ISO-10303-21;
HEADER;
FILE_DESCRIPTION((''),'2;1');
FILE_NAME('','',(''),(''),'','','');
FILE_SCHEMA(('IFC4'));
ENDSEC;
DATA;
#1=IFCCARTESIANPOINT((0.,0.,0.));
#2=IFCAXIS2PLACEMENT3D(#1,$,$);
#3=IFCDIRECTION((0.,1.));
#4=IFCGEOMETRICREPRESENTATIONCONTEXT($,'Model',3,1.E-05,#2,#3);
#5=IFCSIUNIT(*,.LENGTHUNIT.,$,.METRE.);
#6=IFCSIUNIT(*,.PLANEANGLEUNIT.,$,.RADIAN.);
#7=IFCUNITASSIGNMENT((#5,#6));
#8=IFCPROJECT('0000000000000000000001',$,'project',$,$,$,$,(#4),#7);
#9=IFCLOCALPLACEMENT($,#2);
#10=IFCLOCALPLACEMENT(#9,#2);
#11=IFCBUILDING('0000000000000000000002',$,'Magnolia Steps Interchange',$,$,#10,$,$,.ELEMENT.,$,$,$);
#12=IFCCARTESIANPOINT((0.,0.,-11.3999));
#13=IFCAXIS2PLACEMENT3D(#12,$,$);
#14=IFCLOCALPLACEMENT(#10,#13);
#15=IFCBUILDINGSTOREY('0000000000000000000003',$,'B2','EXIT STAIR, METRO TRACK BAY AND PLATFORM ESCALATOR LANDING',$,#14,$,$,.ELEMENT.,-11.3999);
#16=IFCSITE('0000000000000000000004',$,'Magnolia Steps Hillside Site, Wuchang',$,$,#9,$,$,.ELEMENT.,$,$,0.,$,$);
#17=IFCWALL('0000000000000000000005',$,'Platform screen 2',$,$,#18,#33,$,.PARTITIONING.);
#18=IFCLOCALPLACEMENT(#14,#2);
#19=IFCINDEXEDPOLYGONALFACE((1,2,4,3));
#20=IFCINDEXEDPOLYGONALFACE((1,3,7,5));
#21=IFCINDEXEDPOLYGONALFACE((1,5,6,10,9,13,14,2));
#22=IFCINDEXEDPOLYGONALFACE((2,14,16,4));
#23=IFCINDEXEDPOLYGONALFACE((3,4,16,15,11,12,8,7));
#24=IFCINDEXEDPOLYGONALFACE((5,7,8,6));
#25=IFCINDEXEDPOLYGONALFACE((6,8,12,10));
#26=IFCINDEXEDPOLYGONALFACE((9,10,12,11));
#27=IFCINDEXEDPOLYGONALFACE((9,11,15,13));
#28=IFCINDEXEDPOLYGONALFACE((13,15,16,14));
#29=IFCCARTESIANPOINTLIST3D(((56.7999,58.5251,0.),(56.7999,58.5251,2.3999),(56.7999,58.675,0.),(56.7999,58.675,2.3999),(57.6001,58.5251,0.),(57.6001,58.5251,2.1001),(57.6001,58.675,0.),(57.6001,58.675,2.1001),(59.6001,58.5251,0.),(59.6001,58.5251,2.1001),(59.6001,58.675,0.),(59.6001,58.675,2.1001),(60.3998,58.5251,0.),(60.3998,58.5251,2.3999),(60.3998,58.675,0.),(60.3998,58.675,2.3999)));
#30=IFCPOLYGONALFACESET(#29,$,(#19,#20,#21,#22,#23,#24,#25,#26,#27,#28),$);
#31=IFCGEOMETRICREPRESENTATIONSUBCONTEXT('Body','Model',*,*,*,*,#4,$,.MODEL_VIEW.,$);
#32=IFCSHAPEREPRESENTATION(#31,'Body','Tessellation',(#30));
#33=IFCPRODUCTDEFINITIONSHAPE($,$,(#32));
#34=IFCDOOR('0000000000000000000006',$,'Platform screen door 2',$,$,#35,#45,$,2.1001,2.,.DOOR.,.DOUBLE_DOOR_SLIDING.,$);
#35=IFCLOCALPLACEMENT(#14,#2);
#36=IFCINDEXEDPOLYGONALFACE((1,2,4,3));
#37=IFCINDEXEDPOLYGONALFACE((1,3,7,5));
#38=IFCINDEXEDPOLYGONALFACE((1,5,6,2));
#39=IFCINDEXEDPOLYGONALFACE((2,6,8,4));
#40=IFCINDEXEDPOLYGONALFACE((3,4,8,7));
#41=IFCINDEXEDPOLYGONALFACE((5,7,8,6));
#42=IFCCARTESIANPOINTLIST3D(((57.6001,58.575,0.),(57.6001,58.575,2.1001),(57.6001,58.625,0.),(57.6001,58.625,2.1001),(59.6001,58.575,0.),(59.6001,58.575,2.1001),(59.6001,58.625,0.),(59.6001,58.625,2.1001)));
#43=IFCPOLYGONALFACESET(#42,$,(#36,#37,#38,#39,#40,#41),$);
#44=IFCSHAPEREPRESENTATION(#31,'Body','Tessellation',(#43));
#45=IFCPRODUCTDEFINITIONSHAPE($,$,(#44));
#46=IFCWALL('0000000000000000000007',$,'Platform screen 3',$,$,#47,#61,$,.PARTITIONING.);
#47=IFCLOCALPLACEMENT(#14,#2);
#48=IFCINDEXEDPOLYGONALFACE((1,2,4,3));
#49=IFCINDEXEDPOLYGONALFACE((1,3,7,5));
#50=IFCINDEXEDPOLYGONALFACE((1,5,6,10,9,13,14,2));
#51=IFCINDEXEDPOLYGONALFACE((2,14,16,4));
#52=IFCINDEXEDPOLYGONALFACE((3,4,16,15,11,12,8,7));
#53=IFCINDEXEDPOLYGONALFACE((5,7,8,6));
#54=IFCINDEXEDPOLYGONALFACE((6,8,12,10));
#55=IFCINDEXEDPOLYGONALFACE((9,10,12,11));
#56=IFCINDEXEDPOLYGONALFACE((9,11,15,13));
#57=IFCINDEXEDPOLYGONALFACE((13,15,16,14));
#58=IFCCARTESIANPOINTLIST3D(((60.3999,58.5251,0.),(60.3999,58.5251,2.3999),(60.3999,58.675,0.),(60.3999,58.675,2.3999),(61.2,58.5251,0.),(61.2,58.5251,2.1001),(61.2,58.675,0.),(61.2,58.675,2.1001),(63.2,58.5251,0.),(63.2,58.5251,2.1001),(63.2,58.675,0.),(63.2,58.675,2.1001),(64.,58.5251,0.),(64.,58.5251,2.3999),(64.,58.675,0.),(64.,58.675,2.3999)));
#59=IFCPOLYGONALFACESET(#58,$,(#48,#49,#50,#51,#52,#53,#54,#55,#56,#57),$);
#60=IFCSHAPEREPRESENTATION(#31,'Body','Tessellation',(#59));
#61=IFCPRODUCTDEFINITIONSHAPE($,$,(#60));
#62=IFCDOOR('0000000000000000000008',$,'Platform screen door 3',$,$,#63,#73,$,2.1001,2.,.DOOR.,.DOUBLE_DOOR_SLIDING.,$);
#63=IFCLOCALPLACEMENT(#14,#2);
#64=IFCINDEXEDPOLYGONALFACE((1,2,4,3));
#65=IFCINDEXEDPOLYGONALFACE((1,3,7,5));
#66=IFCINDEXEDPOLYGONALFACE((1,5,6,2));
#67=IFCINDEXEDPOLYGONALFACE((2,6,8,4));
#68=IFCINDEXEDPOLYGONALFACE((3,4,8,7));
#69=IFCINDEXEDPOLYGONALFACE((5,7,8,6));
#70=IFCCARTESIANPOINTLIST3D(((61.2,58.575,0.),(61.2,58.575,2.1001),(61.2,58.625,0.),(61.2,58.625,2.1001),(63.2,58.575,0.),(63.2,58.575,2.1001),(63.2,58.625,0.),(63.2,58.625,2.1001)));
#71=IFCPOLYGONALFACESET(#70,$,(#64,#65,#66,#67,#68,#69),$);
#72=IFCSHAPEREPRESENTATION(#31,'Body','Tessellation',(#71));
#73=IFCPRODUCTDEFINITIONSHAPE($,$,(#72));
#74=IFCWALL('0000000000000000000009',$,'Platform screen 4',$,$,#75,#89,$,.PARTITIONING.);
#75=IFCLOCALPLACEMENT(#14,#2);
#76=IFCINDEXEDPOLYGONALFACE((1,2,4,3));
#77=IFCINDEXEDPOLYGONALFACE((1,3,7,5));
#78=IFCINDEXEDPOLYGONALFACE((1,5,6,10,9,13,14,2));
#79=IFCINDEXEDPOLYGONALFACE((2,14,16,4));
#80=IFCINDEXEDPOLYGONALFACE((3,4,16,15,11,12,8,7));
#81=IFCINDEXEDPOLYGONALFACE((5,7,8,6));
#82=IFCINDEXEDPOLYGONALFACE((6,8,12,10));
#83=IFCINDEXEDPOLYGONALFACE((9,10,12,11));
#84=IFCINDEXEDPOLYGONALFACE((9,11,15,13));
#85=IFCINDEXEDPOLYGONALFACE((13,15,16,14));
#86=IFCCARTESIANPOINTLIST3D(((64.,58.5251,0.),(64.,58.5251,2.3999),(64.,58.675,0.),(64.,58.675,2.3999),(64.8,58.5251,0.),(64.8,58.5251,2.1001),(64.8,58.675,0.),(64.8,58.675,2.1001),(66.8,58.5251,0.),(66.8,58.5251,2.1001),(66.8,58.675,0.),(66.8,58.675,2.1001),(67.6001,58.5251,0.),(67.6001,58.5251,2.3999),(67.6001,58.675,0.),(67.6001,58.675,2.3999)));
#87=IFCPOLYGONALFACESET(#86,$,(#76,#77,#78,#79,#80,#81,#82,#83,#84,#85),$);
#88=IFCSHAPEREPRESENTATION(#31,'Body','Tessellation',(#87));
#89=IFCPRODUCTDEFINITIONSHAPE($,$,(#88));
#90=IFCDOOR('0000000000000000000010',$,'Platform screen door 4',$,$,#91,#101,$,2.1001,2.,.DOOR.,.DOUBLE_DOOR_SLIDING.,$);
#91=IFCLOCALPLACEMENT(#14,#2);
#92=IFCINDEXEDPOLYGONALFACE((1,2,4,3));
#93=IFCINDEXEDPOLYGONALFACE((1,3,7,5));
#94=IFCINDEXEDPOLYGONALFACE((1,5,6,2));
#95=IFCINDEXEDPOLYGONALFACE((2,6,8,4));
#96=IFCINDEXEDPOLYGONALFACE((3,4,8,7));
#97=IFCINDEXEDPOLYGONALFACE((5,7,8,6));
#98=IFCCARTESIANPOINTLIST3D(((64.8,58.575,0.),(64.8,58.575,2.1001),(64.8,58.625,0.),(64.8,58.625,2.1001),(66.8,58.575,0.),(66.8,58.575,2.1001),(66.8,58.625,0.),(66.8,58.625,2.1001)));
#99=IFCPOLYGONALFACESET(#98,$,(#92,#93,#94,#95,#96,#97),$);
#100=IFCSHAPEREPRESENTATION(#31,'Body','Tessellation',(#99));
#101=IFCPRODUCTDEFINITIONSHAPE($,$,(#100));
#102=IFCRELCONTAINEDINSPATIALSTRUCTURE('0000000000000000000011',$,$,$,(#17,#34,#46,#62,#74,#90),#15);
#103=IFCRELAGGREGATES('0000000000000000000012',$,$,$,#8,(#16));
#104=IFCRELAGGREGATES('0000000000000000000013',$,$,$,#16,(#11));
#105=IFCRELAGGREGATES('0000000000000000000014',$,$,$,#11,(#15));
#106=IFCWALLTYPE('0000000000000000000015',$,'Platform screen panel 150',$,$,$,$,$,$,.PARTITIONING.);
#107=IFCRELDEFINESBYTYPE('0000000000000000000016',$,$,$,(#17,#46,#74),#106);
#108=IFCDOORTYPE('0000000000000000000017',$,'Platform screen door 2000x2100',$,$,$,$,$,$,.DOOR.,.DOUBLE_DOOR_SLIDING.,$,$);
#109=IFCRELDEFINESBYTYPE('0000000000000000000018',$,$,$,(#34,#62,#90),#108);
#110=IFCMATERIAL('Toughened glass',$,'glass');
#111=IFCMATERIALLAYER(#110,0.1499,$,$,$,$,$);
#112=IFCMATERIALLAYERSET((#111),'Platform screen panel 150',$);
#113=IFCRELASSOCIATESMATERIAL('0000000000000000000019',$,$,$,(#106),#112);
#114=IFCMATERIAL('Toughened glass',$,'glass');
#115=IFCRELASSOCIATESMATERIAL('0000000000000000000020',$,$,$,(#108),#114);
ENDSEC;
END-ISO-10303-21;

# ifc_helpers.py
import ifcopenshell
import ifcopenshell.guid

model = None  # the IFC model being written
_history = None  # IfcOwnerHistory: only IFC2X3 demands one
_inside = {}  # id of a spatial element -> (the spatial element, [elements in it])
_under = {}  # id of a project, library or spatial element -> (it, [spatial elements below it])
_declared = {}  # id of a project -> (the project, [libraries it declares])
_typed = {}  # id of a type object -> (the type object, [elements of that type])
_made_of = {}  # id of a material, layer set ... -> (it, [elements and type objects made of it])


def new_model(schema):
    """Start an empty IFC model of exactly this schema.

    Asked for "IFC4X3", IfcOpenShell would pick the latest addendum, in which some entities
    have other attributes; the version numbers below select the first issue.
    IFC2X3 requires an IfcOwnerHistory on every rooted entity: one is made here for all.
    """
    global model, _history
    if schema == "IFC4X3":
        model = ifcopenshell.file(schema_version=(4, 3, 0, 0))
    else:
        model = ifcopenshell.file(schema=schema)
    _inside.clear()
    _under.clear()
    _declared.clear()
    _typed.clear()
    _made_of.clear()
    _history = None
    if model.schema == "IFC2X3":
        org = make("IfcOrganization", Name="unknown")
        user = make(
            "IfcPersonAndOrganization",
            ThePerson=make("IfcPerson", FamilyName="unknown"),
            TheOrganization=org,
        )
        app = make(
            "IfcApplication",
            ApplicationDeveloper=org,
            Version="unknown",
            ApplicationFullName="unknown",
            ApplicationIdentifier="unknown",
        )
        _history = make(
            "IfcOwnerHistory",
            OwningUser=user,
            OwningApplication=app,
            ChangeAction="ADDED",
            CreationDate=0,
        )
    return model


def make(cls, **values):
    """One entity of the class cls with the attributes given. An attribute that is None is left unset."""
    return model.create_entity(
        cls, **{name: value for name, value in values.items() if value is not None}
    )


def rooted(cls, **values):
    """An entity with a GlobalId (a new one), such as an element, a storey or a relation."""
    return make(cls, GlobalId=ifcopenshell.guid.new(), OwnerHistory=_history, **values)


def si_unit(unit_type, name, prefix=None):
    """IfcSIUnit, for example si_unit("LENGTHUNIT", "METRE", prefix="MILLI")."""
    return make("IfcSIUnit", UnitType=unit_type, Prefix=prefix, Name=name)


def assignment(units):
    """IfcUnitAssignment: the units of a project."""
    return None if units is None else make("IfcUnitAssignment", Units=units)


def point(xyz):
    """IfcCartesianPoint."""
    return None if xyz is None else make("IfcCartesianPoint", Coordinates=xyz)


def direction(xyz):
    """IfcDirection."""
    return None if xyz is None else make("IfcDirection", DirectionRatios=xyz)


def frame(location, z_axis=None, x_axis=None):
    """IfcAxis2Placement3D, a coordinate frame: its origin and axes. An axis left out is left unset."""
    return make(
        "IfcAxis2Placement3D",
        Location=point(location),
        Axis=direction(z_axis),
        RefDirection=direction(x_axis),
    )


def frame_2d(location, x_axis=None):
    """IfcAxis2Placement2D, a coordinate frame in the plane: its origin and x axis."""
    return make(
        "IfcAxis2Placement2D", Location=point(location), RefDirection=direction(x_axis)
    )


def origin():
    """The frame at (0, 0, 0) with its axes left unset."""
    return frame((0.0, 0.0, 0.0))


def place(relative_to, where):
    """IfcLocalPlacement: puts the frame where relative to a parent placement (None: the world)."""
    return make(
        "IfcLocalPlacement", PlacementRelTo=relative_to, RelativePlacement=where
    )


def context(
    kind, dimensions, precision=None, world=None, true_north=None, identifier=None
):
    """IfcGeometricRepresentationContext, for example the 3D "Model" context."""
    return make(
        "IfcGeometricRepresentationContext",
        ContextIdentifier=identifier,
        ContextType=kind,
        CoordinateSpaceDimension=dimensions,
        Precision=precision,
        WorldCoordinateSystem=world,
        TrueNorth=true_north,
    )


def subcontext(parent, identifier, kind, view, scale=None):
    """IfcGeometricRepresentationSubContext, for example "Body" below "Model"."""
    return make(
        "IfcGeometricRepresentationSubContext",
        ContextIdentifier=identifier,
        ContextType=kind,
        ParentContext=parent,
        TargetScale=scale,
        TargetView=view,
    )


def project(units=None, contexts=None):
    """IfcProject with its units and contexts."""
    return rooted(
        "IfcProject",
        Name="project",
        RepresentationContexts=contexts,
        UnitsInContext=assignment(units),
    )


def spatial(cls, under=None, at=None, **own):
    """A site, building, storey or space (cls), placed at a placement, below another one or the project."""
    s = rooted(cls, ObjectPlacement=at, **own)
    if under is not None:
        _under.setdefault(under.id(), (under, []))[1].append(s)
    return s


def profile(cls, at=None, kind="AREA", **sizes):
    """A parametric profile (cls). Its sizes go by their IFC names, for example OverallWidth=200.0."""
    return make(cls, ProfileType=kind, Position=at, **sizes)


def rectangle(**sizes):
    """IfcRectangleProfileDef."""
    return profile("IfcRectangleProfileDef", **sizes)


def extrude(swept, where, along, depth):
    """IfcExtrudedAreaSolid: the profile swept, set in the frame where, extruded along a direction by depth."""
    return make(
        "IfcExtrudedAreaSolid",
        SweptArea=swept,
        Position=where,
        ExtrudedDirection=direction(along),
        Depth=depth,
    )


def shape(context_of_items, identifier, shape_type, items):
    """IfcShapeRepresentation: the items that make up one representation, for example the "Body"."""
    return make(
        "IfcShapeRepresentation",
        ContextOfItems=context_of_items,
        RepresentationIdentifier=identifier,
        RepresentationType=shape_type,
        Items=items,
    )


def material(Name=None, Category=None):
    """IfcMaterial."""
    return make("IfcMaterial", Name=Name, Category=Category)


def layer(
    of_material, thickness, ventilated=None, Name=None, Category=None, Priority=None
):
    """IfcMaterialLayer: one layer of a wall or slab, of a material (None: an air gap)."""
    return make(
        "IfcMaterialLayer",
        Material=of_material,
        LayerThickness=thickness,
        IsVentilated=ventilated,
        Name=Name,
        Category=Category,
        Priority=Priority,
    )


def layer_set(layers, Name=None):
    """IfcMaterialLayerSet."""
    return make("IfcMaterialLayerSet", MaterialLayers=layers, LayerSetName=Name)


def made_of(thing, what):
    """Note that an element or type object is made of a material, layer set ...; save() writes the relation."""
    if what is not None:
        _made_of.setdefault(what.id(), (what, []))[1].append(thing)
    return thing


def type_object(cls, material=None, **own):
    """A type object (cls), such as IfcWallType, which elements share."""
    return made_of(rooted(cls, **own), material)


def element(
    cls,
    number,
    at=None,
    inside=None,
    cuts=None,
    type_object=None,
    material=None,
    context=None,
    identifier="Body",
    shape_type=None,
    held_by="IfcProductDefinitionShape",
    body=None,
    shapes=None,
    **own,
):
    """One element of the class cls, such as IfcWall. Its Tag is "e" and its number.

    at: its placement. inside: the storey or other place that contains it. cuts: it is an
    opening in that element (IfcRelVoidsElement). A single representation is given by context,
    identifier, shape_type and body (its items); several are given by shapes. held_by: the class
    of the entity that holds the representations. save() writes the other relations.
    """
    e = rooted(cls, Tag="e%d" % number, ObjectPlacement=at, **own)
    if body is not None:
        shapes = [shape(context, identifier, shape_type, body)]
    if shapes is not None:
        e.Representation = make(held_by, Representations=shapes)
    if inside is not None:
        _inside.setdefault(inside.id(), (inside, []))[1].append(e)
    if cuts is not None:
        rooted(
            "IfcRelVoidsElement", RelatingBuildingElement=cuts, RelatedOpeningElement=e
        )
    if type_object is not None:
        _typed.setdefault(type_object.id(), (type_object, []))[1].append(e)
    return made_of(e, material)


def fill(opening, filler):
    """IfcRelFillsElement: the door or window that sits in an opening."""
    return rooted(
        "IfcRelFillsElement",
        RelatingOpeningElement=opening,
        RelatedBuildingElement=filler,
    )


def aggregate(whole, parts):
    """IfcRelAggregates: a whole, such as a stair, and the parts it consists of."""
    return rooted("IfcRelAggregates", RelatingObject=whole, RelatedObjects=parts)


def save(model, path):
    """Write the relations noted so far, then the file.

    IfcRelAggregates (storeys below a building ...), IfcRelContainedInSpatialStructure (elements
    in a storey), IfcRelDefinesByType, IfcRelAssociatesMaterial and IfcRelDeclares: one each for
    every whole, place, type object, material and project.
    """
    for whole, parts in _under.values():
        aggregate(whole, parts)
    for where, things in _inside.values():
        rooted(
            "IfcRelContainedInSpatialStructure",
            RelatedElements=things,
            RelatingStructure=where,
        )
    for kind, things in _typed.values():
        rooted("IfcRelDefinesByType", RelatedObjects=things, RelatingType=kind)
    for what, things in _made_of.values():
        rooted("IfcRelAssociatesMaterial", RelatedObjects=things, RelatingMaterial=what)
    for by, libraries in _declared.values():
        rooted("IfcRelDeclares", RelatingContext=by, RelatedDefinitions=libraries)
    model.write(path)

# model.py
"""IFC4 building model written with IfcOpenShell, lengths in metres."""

from ifc_helpers import new_model, si_unit, direction, frame, frame_2d, origin, place, context, subcontext, project, spatial, rectangle, extrude, material, layer, layer_set, type_object, element, fill, save


model = new_model("IFC4")

# Units and contexts
model_context = context("Model", 3, precision=1e-05, world=origin(), true_north=direction((0.0, 1.0)))
body_context = subcontext(model_context, "Body", "Model", "MODEL_VIEW")
ifc_project = project(units=[si_unit("LENGTHUNIT", "METRE"), si_unit("PLANEANGLEUNIT", "RADIAN")], contexts=[model_context])

# Site, building, storey
site_placement = place(None, origin())
site = spatial("IfcSite", under=ifc_project, at=site_placement, Name="Magnolia Steps Hillside Site, Wuchang", CompositionType="ELEMENT", RefElevation=0.0)
building_placement = place(site_placement, origin())
building = spatial("IfcBuilding", under=site, at=building_placement, Name="Magnolia Steps Interchange", CompositionType="ELEMENT")
storey_placement = place(building_placement, frame((0.0, 0.0, -11.3999)))
storey = spatial("IfcBuildingStorey", under=building, at=storey_placement, Name="B2", Description="EXIT STAIR, METRO TRACK BAY AND PLATFORM ESCALATOR LANDING", CompositionType="ELEMENT", Elevation=-11.3999)

# Walls, openings, doors
ifc_material_1 = material(Name="Toughened glass", Category="glass")
ifc_layer_1 = layer(ifc_material_1, 0.1499)
ifc_layer_set_1 = layer_set([ifc_layer_1], Name="Platform screen panel 150")
wall_type_1 = type_object("IfcWallType", Name="Platform screen panel 150", PredefinedType="PARTITIONING", material=ifc_layer_set_1)
ifc_material_2 = material(Name="Toughened glass", Category="glass")
door_type = type_object("IfcDoorType", Name="Platform screen door 2000x2100", OperationType="DOUBLE_DOOR_SLIDING", PredefinedType="DOOR", material=ifc_material_2)
wall_1_placement = place(storey_placement, frame((56.8, 58.6001, 0.0), z_axis=(0.0, 0.0, 1.0), x_axis=(1.0, 0.0, 0.0)))
wall_1 = element("IfcWall", 1, at=wall_1_placement, inside=storey, type_object=wall_type_1, Name="Platform screen 2", PredefinedType="PARTITIONING", context=body_context, shape_type="SweptSolid", body=[
    extrude(rectangle(XDim=3.5999, YDim=0.1499, at=frame_2d((1.7998, 0.0))), origin(), (0.0, 0.0, 1.0), 2.3999),
])
opening_1_placement = place(wall_1_placement, frame((0.8, 0.0, 0.0)))
opening_1 = element("IfcOpeningElement", 2, at=opening_1_placement, cuts=wall_1, PredefinedType="OPENING", context=body_context, shape_type="SweptSolid", body=[
    extrude(rectangle(XDim=2.0, YDim=2.1001, at=frame_2d((1.0, 1.05))), frame((0.0, 0.085, 0.0), z_axis=(0.0, -1.0, 0.0), x_axis=(1.0, 0.0, 0.0)), (0.0, 0.0, 1.0), 0.1699),
])
door_1_placement = place(opening_1_placement, origin())
door_1 = element("IfcDoor", 3, at=door_1_placement, inside=storey, type_object=door_type, Name="Platform screen door 2", OperationType="DOUBLE_DOOR_SLIDING", OverallHeight=2.1001, OverallWidth=2.0, PredefinedType="DOOR", context=body_context, shape_type="SweptSolid", body=[
    extrude(rectangle(XDim=2.0, YDim=2.1001, at=frame_2d((1.0, 1.05))), frame((0.0, 0.0249, 0.0), z_axis=(0.0, -1.0, 0.0), x_axis=(1.0, 0.0, 0.0)), (0.0, 0.0, 1.0), 0.05),
])
fill(opening_1, door_1)
wall_2_placement = place(storey_placement, frame((60.3999, 58.6001, 0.0), z_axis=(0.0, 0.0, 1.0), x_axis=(1.0, 0.0, 0.0)))
wall_2 = element("IfcWall", 4, at=wall_2_placement, inside=storey, type_object=wall_type_1, Name="Platform screen 3", PredefinedType="PARTITIONING", context=body_context, shape_type="SweptSolid", body=[
    extrude(rectangle(XDim=3.6001, YDim=0.1499, at=frame_2d((1.8, 0.0))), origin(), (0.0, 0.0, 1.0), 2.3999),
])
opening_2_placement = place(wall_2_placement, frame((0.8, 0.0, 0.0)))
opening_2 = element("IfcOpeningElement", 5, at=opening_2_placement, cuts=wall_2, PredefinedType="OPENING", context=body_context, shape_type="SweptSolid", body=[
    extrude(rectangle(XDim=2.0, YDim=2.1001, at=frame_2d((1.0, 1.05))), frame((0.0, 0.085, 0.0), z_axis=(0.0, -1.0, 0.0), x_axis=(1.0, 0.0, 0.0)), (0.0, 0.0, 1.0), 0.1699),
])
door_2_placement = place(opening_2_placement, origin())
door_2 = element("IfcDoor", 6, at=door_2_placement, inside=storey, type_object=door_type, Name="Platform screen door 3", OperationType="DOUBLE_DOOR_SLIDING", OverallHeight=2.1001, OverallWidth=2.0, PredefinedType="DOOR", context=body_context, shape_type="SweptSolid", body=[
    extrude(rectangle(XDim=2.0, YDim=2.1001, at=frame_2d((1.0, 1.05))), frame((0.0, 0.0249, 0.0), z_axis=(0.0, -1.0, 0.0), x_axis=(1.0, 0.0, 0.0)), (0.0, 0.0, 1.0), 0.05),
])
fill(opening_2, door_2)
wall_3_placement = place(storey_placement, frame((64.0, 58.6001, 0.0), z_axis=(0.0, 0.0, 1.0), x_axis=(1.0, 0.0, 0.0)))
wall_3 = element("IfcWall", 7, at=wall_3_placement, inside=storey, type_object=wall_type_1, Name="Platform screen 4", PredefinedType="PARTITIONING", context=body_context, shape_type="SweptSolid", body=[
    extrude(rectangle(XDim=3.6001, YDim=0.1499, at=frame_2d((1.8, 0.0))), origin(), (0.0, 0.0, 1.0), 2.3999),
])
opening_3_placement = place(wall_3_placement, frame((0.8, 0.0, 0.0)))
opening_3 = element("IfcOpeningElement", 8, at=opening_3_placement, cuts=wall_3, PredefinedType="OPENING", context=body_context, shape_type="SweptSolid", body=[
    extrude(rectangle(XDim=2.0, YDim=2.1001, at=frame_2d((1.0, 1.05))), frame((0.0, 0.085, 0.0), z_axis=(0.0, -1.0, 0.0), x_axis=(1.0, 0.0, 0.0)), (0.0, 0.0, 1.0), 0.1699),
])
door_3_placement = place(opening_3_placement, origin())
door_3 = element("IfcDoor", 9, at=door_3_placement, inside=storey, type_object=door_type, Name="Platform screen door 4", OperationType="DOUBLE_DOOR_SLIDING", OverallHeight=2.1001, OverallWidth=2.0, PredefinedType="DOOR", context=body_context, shape_type="SweptSolid", body=[
    extrude(rectangle(XDim=2.0, YDim=2.1001, at=frame_2d((1.0, 1.05))), frame((0.0, 0.0249, 0.0), z_axis=(0.0, -1.0, 0.0), x_axis=(1.0, 0.0, 0.0)), (0.0, 0.0, 1.0), 0.05),
])
fill(opening_3, door_3)

save(model, "model.ifc")
